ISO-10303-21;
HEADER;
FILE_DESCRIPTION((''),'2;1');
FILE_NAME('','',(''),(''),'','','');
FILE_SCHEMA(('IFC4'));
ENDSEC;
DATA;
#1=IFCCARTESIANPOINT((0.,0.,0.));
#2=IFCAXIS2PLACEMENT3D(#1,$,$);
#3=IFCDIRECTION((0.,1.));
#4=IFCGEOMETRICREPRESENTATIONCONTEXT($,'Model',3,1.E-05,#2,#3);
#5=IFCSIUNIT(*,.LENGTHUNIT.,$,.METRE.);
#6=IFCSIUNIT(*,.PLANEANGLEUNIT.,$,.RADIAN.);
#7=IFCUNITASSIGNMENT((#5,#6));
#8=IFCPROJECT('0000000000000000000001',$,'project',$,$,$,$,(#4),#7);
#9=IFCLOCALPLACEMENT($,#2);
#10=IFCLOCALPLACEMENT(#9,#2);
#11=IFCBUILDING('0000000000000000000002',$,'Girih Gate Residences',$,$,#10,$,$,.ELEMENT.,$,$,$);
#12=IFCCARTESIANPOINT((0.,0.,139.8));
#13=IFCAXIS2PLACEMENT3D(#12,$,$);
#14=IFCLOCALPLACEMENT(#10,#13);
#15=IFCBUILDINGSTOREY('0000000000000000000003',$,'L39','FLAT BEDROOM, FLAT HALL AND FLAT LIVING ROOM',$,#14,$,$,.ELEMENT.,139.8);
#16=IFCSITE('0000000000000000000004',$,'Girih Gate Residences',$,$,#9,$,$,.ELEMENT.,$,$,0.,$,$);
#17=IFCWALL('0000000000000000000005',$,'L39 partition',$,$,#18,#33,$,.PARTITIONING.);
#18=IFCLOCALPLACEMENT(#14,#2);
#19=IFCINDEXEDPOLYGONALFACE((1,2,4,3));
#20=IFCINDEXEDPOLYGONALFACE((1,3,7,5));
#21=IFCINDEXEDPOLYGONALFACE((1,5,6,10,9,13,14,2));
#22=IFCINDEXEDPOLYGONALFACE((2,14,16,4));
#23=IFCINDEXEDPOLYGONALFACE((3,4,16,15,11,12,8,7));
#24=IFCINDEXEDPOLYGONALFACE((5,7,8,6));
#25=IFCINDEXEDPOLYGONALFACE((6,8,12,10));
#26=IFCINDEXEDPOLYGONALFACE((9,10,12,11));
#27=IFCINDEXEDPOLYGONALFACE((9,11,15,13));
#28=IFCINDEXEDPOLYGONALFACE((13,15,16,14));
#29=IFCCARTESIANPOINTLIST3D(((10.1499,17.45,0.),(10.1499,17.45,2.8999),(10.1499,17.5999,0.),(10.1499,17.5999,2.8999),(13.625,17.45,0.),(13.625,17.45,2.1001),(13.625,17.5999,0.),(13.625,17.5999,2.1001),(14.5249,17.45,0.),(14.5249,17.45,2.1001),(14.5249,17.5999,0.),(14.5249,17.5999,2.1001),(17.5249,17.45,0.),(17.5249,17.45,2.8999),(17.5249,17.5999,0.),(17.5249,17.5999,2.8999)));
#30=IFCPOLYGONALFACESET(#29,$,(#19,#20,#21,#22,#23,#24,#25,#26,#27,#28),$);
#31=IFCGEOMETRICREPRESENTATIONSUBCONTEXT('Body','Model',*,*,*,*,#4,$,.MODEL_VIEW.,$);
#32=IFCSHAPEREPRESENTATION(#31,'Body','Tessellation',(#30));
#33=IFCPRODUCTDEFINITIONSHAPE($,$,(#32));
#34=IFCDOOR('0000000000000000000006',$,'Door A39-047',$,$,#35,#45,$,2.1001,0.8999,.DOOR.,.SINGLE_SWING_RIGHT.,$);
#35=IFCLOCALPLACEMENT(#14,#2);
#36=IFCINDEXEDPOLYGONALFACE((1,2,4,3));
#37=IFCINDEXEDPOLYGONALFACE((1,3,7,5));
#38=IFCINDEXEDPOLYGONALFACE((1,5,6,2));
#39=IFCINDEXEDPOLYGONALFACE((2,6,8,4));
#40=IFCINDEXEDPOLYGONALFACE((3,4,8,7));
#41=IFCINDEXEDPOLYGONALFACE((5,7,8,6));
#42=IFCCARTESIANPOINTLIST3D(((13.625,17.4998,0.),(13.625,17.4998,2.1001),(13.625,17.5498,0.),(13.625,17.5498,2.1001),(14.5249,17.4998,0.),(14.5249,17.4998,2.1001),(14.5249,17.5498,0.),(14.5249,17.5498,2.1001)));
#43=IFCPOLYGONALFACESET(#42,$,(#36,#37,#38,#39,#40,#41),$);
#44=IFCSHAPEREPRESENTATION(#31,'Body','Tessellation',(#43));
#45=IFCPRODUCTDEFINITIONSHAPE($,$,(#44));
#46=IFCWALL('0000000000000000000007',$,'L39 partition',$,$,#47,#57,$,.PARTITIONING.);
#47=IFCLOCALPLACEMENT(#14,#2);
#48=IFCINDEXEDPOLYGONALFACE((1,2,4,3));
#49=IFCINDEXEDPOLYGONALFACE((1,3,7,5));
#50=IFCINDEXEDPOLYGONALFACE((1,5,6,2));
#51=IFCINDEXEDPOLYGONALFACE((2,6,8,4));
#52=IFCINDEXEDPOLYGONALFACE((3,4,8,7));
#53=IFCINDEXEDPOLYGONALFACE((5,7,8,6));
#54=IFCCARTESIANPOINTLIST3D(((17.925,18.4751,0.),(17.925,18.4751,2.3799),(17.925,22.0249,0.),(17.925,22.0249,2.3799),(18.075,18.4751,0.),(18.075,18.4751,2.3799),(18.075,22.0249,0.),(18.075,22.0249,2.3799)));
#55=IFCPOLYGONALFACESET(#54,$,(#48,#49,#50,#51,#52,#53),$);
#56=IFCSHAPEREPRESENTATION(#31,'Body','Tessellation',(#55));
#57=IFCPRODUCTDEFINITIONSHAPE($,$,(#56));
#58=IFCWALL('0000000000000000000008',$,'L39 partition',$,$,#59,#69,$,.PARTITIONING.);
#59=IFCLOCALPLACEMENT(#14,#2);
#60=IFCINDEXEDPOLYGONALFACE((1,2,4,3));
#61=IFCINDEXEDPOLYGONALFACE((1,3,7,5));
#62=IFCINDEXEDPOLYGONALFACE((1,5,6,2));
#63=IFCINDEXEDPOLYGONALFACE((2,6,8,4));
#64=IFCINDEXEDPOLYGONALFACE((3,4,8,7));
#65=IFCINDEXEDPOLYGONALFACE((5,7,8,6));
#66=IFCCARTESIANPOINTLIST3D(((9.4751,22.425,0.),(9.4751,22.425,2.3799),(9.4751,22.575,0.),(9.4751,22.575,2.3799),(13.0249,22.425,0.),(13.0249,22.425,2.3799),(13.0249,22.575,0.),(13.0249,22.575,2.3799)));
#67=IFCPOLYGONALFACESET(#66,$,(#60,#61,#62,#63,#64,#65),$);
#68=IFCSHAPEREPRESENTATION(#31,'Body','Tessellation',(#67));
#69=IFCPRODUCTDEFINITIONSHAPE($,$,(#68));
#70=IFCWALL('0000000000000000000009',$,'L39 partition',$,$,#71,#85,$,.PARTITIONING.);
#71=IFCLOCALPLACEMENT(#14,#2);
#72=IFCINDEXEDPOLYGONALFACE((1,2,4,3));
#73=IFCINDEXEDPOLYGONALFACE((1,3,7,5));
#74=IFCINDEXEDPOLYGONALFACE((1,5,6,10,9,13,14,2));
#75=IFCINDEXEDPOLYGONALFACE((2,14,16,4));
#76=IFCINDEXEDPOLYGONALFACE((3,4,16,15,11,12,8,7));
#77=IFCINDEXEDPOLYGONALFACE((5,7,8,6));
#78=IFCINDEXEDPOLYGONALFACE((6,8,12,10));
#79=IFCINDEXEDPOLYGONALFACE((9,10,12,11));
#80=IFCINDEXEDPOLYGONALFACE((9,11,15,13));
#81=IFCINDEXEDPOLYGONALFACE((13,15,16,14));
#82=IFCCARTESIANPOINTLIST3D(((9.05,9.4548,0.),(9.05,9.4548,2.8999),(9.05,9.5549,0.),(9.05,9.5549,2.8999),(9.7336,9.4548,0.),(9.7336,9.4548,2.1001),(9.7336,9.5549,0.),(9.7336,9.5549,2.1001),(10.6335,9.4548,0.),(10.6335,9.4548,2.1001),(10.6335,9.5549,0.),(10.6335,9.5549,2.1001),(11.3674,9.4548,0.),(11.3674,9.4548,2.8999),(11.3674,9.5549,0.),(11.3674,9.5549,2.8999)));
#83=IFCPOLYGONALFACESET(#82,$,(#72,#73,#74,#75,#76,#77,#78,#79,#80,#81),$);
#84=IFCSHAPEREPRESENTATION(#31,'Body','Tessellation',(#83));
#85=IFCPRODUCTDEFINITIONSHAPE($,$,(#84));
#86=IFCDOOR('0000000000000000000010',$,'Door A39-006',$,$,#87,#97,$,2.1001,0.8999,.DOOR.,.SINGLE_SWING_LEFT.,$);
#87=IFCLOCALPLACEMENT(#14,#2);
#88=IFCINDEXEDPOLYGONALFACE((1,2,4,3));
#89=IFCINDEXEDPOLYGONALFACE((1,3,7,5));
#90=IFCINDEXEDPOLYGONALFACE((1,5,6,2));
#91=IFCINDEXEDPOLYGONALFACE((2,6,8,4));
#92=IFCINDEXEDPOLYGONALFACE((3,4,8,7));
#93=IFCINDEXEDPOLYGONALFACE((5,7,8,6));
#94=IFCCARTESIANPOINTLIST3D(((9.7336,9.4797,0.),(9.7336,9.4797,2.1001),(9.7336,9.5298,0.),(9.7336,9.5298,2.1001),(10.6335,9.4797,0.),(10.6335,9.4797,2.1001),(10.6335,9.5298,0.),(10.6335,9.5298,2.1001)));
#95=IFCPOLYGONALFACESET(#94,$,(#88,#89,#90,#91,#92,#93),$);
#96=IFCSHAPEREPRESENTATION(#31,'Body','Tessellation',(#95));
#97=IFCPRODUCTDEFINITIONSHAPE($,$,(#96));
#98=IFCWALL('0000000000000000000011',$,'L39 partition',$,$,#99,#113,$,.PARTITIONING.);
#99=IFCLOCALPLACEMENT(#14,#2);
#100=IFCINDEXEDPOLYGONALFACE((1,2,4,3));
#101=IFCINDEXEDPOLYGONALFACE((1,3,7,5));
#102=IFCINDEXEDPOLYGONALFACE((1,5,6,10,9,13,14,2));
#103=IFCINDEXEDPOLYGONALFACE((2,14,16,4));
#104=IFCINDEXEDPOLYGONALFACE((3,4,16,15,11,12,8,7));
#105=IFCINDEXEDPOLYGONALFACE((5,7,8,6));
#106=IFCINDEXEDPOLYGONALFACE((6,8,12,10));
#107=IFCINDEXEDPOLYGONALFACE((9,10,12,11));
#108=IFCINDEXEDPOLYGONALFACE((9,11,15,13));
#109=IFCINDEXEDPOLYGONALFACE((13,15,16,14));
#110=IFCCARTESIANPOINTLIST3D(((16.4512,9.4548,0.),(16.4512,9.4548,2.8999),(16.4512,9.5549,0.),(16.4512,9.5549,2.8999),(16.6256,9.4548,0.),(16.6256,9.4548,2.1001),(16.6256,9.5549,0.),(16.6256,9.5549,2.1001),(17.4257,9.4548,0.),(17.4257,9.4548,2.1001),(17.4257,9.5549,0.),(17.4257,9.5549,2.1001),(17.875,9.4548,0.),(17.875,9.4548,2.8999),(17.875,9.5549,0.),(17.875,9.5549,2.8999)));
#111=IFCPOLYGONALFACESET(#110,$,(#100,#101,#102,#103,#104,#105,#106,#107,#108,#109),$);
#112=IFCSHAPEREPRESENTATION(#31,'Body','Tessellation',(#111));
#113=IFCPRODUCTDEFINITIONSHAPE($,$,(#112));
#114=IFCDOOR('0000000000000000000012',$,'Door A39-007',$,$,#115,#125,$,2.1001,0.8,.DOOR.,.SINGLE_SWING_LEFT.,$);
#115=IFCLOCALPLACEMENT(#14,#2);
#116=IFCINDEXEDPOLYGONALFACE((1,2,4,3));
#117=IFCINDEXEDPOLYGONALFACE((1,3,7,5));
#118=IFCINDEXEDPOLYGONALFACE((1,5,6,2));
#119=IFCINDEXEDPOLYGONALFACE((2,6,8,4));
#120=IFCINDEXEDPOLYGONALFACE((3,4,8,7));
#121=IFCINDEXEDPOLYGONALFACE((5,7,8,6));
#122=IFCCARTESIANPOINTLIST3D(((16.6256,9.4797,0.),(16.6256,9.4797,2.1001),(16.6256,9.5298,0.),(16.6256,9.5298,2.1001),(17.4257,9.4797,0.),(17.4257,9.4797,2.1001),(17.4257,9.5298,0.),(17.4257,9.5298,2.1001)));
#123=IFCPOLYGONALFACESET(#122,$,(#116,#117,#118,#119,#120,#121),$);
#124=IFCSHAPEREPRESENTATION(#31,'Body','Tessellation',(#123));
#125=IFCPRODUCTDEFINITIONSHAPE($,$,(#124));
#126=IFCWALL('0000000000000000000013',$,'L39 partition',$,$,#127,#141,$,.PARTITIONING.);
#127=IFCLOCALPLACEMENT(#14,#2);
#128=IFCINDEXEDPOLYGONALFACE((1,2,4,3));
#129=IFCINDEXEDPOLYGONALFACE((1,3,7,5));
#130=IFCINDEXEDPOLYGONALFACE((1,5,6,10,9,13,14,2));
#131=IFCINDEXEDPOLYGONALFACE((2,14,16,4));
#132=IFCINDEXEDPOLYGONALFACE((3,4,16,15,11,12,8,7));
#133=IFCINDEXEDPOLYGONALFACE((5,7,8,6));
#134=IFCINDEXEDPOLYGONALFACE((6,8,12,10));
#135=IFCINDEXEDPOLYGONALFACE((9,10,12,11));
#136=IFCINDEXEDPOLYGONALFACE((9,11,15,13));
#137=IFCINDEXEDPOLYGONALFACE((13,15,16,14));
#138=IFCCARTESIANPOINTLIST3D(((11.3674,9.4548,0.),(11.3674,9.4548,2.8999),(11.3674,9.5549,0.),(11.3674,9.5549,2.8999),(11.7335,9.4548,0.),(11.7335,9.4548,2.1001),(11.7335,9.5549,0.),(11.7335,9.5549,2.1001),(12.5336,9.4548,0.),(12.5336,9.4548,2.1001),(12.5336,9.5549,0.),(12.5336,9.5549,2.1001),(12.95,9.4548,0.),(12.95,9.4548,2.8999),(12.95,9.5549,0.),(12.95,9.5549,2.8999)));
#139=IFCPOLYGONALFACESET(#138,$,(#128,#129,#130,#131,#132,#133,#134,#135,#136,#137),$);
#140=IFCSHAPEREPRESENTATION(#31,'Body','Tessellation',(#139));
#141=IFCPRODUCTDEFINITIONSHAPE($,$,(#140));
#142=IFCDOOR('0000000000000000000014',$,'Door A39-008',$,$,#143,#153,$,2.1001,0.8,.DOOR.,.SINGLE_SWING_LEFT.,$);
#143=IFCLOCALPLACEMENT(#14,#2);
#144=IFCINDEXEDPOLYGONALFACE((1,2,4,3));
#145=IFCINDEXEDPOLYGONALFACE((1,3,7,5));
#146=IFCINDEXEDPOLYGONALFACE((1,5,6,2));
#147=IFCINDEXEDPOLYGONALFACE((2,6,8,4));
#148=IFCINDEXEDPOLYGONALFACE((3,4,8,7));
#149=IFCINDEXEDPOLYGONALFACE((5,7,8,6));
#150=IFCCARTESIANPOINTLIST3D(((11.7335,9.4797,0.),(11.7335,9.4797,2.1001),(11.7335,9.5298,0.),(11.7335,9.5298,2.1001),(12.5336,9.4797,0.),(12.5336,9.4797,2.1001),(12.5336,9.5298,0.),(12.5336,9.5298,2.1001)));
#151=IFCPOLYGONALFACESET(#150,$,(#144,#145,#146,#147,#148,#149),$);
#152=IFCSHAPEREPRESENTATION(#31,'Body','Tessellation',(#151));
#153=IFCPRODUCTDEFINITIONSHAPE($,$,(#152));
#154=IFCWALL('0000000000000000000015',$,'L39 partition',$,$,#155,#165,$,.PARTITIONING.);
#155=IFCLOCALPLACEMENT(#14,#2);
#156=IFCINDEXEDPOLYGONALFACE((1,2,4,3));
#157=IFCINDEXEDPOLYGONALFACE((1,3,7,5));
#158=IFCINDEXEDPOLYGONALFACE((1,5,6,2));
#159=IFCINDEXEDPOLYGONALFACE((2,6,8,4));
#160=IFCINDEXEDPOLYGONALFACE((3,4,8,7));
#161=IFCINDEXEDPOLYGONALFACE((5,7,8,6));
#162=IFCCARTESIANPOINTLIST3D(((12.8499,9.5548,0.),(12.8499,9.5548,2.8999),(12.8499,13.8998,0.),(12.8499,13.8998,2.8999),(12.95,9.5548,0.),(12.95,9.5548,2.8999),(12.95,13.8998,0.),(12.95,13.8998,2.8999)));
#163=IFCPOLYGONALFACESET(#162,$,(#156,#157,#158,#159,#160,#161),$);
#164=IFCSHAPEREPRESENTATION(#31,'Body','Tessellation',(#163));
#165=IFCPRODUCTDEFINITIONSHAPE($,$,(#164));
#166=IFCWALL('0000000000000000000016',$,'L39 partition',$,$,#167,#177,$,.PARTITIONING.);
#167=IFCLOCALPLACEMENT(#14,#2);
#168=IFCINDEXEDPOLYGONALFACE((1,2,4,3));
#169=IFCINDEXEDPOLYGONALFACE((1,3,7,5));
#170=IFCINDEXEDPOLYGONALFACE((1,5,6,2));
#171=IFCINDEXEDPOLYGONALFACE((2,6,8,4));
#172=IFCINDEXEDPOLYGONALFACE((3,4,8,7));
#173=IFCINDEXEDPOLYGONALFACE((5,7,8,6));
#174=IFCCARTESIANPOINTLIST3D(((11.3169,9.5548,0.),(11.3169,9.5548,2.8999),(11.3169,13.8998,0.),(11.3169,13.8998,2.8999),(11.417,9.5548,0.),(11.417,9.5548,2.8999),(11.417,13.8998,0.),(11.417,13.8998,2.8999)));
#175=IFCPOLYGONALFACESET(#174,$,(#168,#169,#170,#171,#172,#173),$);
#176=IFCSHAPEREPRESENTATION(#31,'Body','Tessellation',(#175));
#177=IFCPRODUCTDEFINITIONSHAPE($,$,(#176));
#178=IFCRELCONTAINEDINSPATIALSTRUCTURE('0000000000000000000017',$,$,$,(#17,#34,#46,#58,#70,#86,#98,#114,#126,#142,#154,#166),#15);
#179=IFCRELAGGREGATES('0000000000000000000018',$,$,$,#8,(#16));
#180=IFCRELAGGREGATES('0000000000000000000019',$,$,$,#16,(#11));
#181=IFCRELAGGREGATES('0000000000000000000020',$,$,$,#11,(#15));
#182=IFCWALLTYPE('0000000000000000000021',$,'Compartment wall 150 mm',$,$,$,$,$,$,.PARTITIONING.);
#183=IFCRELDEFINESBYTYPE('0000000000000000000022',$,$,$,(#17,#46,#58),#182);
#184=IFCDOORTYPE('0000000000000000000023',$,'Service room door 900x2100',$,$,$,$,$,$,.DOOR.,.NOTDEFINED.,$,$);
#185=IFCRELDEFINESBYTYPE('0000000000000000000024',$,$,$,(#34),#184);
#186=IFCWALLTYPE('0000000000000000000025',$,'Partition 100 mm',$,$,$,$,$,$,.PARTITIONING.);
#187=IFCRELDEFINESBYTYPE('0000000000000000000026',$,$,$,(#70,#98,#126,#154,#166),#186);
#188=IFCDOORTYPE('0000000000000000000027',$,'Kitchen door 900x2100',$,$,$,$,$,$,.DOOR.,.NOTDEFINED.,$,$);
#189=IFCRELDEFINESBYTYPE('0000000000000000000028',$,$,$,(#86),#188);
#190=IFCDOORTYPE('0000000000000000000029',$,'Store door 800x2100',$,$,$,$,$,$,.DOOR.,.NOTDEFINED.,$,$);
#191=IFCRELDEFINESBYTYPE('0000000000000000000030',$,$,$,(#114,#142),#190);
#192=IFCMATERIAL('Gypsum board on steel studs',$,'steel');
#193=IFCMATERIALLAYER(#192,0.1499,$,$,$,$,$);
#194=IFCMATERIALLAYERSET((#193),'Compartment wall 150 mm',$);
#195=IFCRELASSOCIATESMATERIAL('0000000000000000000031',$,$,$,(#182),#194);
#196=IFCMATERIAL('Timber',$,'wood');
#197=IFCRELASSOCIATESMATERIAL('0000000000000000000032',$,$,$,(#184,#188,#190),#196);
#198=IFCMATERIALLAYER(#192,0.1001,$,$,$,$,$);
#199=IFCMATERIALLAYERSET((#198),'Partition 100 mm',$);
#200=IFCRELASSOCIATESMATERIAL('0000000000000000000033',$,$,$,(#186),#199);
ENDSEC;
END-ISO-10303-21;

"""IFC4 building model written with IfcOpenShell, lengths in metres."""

from ifc_helpers import new_model, si_unit, direction, frame, frame_2d, origin, place, context, subcontext, project, spatial, rectangle, extrude, material, layer, layer_set, type_object, element, fill, save


model = new_model("IFC4")

# Units and contexts
model_context = context("Model", 3, precision=1e-05, world=origin(), true_north=direction((0.0, 1.0)))
body_context = subcontext(model_context, "Body", "Model", "MODEL_VIEW")
ifc_project = project(units=[si_unit("LENGTHUNIT", "METRE"), si_unit("PLANEANGLEUNIT", "RADIAN")], contexts=[model_context])

# Site, building, storey
site_placement = place(None, origin())
site = spatial("IfcSite", under=ifc_project, at=site_placement, Name="Girih Gate Residences", CompositionType="ELEMENT", RefElevation=0.0)
building_placement = place(site_placement, origin())
building = spatial("IfcBuilding", under=site, at=building_placement, Name="Girih Gate Residences", CompositionType="ELEMENT")
storey_placement = place(building_placement, frame((0.0, 0.0, 139.8)))
storey = spatial("IfcBuildingStorey", under=building, at=storey_placement, Name="L39", Description="FLAT BEDROOM, FLAT HALL AND FLAT LIVING ROOM", CompositionType="ELEMENT", Elevation=139.8)

# Shared definitions
ifc_material_1 = material(Name="Gypsum board on steel studs", Category="steel")
ifc_layer_1 = layer(ifc_material_1, 0.1499)
ifc_layer_set_1 = layer_set([ifc_layer_1], Name="Compartment wall 150 mm")
wall_type_1 = type_object("IfcWallType", Name="Compartment wall 150 mm", PredefinedType="PARTITIONING", material=ifc_layer_set_1)

# Wall, opening, door
wall_1_placement = place(storey_placement, frame((10.1499, 17.5249, 0.0), z_axis=(0.0, 0.0, 1.0), x_axis=(1.0, 0.0, 0.0)))
wall_1 = element("IfcWall", 1, at=wall_1_placement, inside=storey, type_object=wall_type_1, Name="L39 partition", PredefinedType="PARTITIONING", context=body_context, shape_type="SweptSolid", body=[
    extrude(rectangle(XDim=7.375, YDim=0.1499, at=frame_2d((3.6875, 0.0))), origin(), (0.0, 0.0, 1.0), 2.8999),
])
opening_1_placement = place(wall_1_placement, frame((3.4751, 0.0, 0.0)))
opening_1 = element("IfcOpeningElement", 2, at=opening_1_placement, cuts=wall_1, PredefinedType="OPENING", context=body_context, shape_type="SweptSolid", body=[
    extrude(rectangle(XDim=0.8999, YDim=2.1001, at=frame_2d((0.45, 1.05))), frame((0.0, 0.085, 0.0), z_axis=(0.0, -1.0, 0.0), x_axis=(1.0, 0.0, 0.0)), (0.0, 0.0, 1.0), 0.1699),
])
ifc_material_2 = material(Name="Timber", Category="wood")
door_type_1 = type_object("IfcDoorType", Name="Service room door 900x2100", OperationType="NOTDEFINED", PredefinedType="DOOR", material=ifc_material_2)
door_1_placement = place(opening_1_placement, origin())
door_1 = element("IfcDoor", 3, at=door_1_placement, inside=storey, type_object=door_type_1, Name="Door A39-047", OperationType="SINGLE_SWING_RIGHT", OverallHeight=2.1001, OverallWidth=0.8999, PredefinedType="DOOR", context=body_context, shape_type="SweptSolid", body=[
    extrude(rectangle(XDim=0.8999, YDim=2.1001, at=frame_2d((0.45, 1.05))), frame((0.0, 0.0249, 0.0), z_axis=(0.0, -1.0, 0.0), x_axis=(1.0, 0.0, 0.0)), (0.0, 0.0, 1.0), 0.05),
])
fill(opening_1, door_1)

# Walls
for number, where, z_axis, x_axis, name in (
    (4, (18.0, 18.4751, 0.0), (0.0, 0.0, 1.0), (0.0, 1.0, 0.0), "L39 partition"),
    (5, (9.4751, 22.5, 0.0), (0.0, 0.0, 1.0), (1.0, 0.0, 0.0), "L39 partition"),
):
    element("IfcWall", number, at=place(storey_placement, frame(where, z_axis=z_axis, x_axis=x_axis)), inside=storey, type_object=wall_type_1, Name=name, PredefinedType="PARTITIONING", context=body_context, shape_type="SweptSolid", body=[
        extrude(rectangle(XDim=3.5498, YDim=0.1499, at=frame_2d((1.7749, 0.0))), origin(), (0.0, 0.0, 1.0), 2.3799),
    ])

# Walls, openings, doors
ifc_layer_2 = layer(ifc_material_1, 0.1001)
ifc_layer_set_2 = layer_set([ifc_layer_2], Name="Partition 100 mm")
wall_type_2 = type_object("IfcWallType", Name="Partition 100 mm", PredefinedType="PARTITIONING", material=ifc_layer_set_2)
wall_2_placement = place(storey_placement, frame((9.05, 9.5049, 0.0), z_axis=(0.0, 0.0, 1.0), x_axis=(1.0, 0.0, 0.0)))
wall_2 = element("IfcWall", 6, at=wall_2_placement, inside=storey, type_object=wall_type_2, Name="L39 partition", PredefinedType="PARTITIONING", context=body_context, shape_type="SweptSolid", body=[
    extrude(rectangle(XDim=2.3174, YDim=0.1001, at=frame_2d((1.1587, 0.0))), origin(), (0.0, 0.0, 1.0), 2.8999),
])
opening_2_placement = place(wall_2_placement, frame((0.6836, 0.0, 0.0)))
opening_2 = element("IfcOpeningElement", 7, at=opening_2_placement, cuts=wall_2, PredefinedType="OPENING", context=body_context, shape_type="SweptSolid", body=[
    extrude(rectangle(XDim=0.8999, YDim=2.1001, at=frame_2d((0.45, 1.05))), frame((0.0, 0.0601, 0.0), z_axis=(0.0, -1.0, 0.0), x_axis=(1.0, 0.0, 0.0)), (0.0, 0.0, 1.0), 0.1201),
])
door_type_2 = type_object("IfcDoorType", Name="Kitchen door 900x2100", OperationType="NOTDEFINED", PredefinedType="DOOR", material=ifc_material_2)
door_2_placement = place(opening_2_placement, origin())
door_2 = element("IfcDoor", 8, at=door_2_placement, inside=storey, type_object=door_type_2, Name="Door A39-006", OperationType="SINGLE_SWING_LEFT", OverallHeight=2.1001, OverallWidth=0.8999, PredefinedType="DOOR", context=body_context, shape_type="SweptSolid", body=[
    extrude(rectangle(XDim=0.8999, YDim=2.1001, at=frame_2d((0.45, 1.05))), frame((0.0, 0.0249, 0.0), z_axis=(0.0, -1.0, 0.0), x_axis=(1.0, 0.0, 0.0)), (0.0, 0.0, 1.0), 0.05),
])
fill(opening_2, door_2)
wall_3_placement = place(storey_placement, frame((16.4512, 9.5049, 0.0), z_axis=(0.0, 0.0, 1.0), x_axis=(1.0, 0.0, 0.0)))
wall_3 = element("IfcWall", 9, at=wall_3_placement, inside=storey, type_object=wall_type_2, Name="L39 partition", PredefinedType="PARTITIONING", context=body_context, shape_type="SweptSolid", body=[
    extrude(rectangle(XDim=1.4238, YDim=0.1001, at=frame_2d((0.7119, 0.0))), origin(), (0.0, 0.0, 1.0), 2.8999),
])
opening_3_placement = place(wall_3_placement, frame((0.1746, 0.0, 0.0)))
opening_3 = element("IfcOpeningElement", 10, at=opening_3_placement, cuts=wall_3, PredefinedType="OPENING", context=body_context, shape_type="SweptSolid", body=[
    extrude(rectangle(XDim=0.8, YDim=2.1001, at=frame_2d((0.3999, 1.05))), frame((0.0, 0.0601, 0.0), z_axis=(0.0, -1.0, 0.0), x_axis=(1.0, 0.0, 0.0)), (0.0, 0.0, 1.0), 0.1201),
])
door_type_3 = type_object("IfcDoorType", Name="Store door 800x2100", OperationType="NOTDEFINED", PredefinedType="DOOR", material=ifc_material_2)
door_3_placement = place(opening_3_placement, origin())
door_3 = element("IfcDoor", 11, at=door_3_placement, inside=storey, type_object=door_type_3, Name="Door A39-007", OperationType="SINGLE_SWING_LEFT", OverallHeight=2.1001, OverallWidth=0.8, PredefinedType="DOOR", context=body_context, shape_type="SweptSolid", body=[
    extrude(rectangle(XDim=0.8, YDim=2.1001, at=frame_2d((0.3999, 1.05))), frame((0.0, 0.0249, 0.0), z_axis=(0.0, -1.0, 0.0), x_axis=(1.0, 0.0, 0.0)), (0.0, 0.0, 1.0), 0.05),
])
fill(opening_3, door_3)
wall_4_placement = place(storey_placement, frame((11.3674, 9.5049, 0.0), z_axis=(0.0, 0.0, 1.0), x_axis=(1.0, 0.0, 0.0)))
wall_4 = element("IfcWall", 12, at=wall_4_placement, inside=storey, type_object=wall_type_2, Name="L39 partition", PredefinedType="PARTITIONING", context=body_context, shape_type="SweptSolid", body=[
    extrude(rectangle(XDim=1.5825, YDim=0.1001, at=frame_2d((0.7913, 0.0))), origin(), (0.0, 0.0, 1.0), 2.8999),
])
opening_4_placement = place(wall_4_placement, frame((0.3662, 0.0, 0.0)))
opening_4 = element("IfcOpeningElement", 13, at=opening_4_placement, cuts=wall_4, PredefinedType="OPENING", context=body_context, shape_type="SweptSolid", body=[
    extrude(rectangle(XDim=0.8, YDim=2.1001, at=frame_2d((0.3999, 1.05))), frame((0.0, 0.0601, 0.0), z_axis=(0.0, -1.0, 0.0), x_axis=(1.0, 0.0, 0.0)), (0.0, 0.0, 1.0), 0.1201),
])
door_4_placement = place(opening_4_placement, origin())
door_4 = element("IfcDoor", 14, at=door_4_placement, inside=storey, type_object=door_type_3, Name="Door A39-008", OperationType="SINGLE_SWING_LEFT", OverallHeight=2.1001, OverallWidth=0.8, PredefinedType="DOOR", context=body_context, shape_type="SweptSolid", body=[
    extrude(rectangle(XDim=0.8, YDim=2.1001, at=frame_2d((0.3999, 1.05))), frame((0.0, 0.0249, 0.0), z_axis=(0.0, -1.0, 0.0), x_axis=(1.0, 0.0, 0.0)), (0.0, 0.0, 1.0), 0.05),
])
fill(opening_4, door_4)

# Walls
for number, where, z_axis, x_axis, name in (
    (15, (12.8999, 9.5549, 0.0), (0.0, 0.0, 1.0), (0.0, 1.0, 0.0), "L39 partition"),
    (16, (11.3669, 9.5549, 0.0), (0.0, 0.0, 1.0), (0.0, 1.0, 0.0), "L39 partition"),
):
    element("IfcWall", number, at=place(storey_placement, frame(where, z_axis=z_axis, x_axis=x_axis)), inside=storey, type_object=wall_type_2, Name=name, PredefinedType="PARTITIONING", context=body_context, shape_type="SweptSolid", body=[
        extrude(rectangle(XDim=4.345, YDim=0.1001, at=frame_2d((2.1724, 0.0))), origin(), (0.0, 0.0, 1.0), 2.8999),
    ])

save(model, "model.ifc")
